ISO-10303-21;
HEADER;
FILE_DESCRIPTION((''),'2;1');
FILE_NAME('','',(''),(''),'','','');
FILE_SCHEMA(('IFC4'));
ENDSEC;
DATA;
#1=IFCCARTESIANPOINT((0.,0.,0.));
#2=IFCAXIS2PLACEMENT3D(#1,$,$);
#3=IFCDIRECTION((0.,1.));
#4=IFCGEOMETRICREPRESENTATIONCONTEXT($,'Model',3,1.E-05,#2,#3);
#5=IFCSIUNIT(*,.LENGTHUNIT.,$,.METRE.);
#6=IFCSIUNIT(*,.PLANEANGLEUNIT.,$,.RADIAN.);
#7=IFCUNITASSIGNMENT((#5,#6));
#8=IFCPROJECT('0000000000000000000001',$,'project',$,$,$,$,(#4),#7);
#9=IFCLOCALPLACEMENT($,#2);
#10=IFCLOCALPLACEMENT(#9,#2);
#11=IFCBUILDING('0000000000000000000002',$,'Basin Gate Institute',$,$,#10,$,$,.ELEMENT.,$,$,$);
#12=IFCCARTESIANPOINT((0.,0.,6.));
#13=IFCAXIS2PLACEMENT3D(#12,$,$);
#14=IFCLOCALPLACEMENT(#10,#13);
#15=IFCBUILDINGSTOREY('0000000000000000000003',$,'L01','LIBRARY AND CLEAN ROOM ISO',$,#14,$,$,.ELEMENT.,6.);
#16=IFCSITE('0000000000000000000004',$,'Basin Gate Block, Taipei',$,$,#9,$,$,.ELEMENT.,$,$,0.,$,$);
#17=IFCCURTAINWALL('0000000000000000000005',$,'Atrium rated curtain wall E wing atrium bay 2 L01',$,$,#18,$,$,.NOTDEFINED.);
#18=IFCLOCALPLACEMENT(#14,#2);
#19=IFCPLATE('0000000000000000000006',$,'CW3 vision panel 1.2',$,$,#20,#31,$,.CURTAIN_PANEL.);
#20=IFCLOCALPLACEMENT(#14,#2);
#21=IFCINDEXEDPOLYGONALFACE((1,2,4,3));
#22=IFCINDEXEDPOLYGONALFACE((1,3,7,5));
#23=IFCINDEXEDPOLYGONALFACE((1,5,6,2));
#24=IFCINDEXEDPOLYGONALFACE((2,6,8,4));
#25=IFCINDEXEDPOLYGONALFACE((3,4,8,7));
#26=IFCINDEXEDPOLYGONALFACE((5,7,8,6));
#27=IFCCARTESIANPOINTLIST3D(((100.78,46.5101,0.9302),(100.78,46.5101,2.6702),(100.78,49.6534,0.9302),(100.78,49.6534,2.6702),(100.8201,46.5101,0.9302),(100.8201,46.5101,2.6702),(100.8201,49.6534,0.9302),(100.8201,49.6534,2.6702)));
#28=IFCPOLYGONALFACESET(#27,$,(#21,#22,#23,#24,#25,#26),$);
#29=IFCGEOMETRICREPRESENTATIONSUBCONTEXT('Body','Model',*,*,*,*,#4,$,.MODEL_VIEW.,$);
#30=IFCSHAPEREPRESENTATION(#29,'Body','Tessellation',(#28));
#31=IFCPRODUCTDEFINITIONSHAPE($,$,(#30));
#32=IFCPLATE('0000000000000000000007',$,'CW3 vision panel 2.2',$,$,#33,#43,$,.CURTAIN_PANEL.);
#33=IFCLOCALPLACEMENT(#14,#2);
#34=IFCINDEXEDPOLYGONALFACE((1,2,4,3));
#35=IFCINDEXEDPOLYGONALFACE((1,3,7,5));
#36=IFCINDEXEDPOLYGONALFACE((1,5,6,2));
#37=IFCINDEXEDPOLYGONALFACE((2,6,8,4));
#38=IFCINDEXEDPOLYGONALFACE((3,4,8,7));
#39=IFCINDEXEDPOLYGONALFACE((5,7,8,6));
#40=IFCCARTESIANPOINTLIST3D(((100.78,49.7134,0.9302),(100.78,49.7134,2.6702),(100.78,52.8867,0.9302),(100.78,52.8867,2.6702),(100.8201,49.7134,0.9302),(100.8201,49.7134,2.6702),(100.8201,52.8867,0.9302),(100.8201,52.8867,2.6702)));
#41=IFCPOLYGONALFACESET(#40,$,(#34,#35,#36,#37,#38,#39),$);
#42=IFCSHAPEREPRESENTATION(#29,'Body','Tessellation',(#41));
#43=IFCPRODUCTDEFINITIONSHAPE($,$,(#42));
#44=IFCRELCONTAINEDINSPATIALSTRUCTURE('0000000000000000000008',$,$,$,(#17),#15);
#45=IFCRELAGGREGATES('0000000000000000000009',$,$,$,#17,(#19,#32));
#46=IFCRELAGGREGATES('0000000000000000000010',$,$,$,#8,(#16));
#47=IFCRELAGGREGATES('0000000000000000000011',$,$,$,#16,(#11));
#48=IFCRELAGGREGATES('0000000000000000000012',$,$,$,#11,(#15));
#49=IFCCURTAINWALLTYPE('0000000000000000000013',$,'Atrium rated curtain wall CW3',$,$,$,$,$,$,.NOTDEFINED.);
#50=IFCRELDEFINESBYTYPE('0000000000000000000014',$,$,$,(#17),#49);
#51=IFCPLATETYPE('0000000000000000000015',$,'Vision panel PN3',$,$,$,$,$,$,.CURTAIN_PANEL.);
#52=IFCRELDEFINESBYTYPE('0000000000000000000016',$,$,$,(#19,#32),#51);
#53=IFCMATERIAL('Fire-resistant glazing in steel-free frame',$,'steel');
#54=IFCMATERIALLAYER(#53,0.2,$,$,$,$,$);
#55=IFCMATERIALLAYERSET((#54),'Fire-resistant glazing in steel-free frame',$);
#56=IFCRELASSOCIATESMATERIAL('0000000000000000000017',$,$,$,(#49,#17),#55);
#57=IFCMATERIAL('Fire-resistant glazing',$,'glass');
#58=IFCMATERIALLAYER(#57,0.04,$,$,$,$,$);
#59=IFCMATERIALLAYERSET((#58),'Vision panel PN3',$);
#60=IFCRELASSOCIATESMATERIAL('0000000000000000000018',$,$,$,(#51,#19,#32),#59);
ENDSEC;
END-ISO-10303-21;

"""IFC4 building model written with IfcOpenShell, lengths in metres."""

from ifc_helpers import new_model, si_unit, direction, frame, origin, origin_2d, place, context, subcontext, project, spatial, rectangle, extrude, material, layer, layer_set, type_object, element, aggregate, save


model = new_model("IFC4")

# Units and contexts
model_context = context("Model", 3, precision=1e-05, world=origin(), true_north=direction((0.0, 1.0)))
body_context = subcontext(model_context, "Body", "Model", "MODEL_VIEW")
ifc_project = project(units=[si_unit("LENGTHUNIT", "METRE"), si_unit("PLANEANGLEUNIT", "RADIAN")], contexts=[model_context])

# Site, building, storey
site_placement = place(None, origin())
site = spatial("IfcSite", under=ifc_project, at=site_placement, Name="Basin Gate Block, Taipei", CompositionType="ELEMENT", RefElevation=0.0)
building_placement = place(site_placement, origin())
building = spatial("IfcBuilding", under=site, at=building_placement, Name="Basin Gate Institute", CompositionType="ELEMENT")
storey_placement = place(building_placement, frame((0.0, 0.0, 6.0)))
storey = spatial("IfcBuildingStorey", under=building, at=storey_placement, Name="L01", Description="LIBRARY AND CLEAN ROOM ISO", CompositionType="ELEMENT", Elevation=6.0)

# Curtain wall
ifc_material_1 = material(Name="Fire-resistant glazing in steel-free frame", Category="steel")
ifc_layer_1 = layer(ifc_material_1, 0.2)
ifc_layer_set_1 = layer_set([ifc_layer_1], Name="Fire-resistant glazing in steel-free frame")
curtain_wall_type = type_object("IfcCurtainWallType", Name="Atrium rated curtain wall CW3", PredefinedType="NOTDEFINED", material=ifc_layer_set_1)
curtain_wall_placement = place(storey_placement, origin())
curtain_wall = element("IfcCurtainWall", 1, at=curtain_wall_placement, inside=storey, type_object=curtain_wall_type, material=ifc_layer_set_1, Name="Atrium rated curtain wall E wing atrium bay 2 L01", PredefinedType="NOTDEFINED")

# Plates
ifc_material_2 = material(Name="Fire-resistant glazing", Category="glass")
ifc_layer_2 = layer(ifc_material_2, 0.04)
ifc_layer_set_2 = layer_set([ifc_layer_2], Name="Vision panel PN3")
plate_type_1 = type_object("IfcPlateType", Name="Vision panel PN3", PredefinedType="CURTAIN_PANEL", material=ifc_layer_set_2)
plate_1_placement = place(storey_placement, frame((100.8, 48.0818, 0.9302), z_axis=(0.0, 0.0, 1.0), x_axis=(0.0, 1.0, 0.0)))
plate_1 = element("IfcPlate", 2, at=plate_1_placement, type_object=plate_type_1, material=ifc_layer_set_2, Name="CW3 vision panel 1.2", PredefinedType="CURTAIN_PANEL", context=body_context, shape_type="SweptSolid", body=[
    extrude(rectangle(XDim=3.1433, YDim=0.04, at=origin_2d()), origin(), (0.0, 0.0, 1.0), 1.74),
])
plate_2_placement = place(storey_placement, frame((100.8, 51.3, 0.9302), z_axis=(0.0, 0.0, 1.0), x_axis=(0.0, 1.0, 0.0)))
plate_2 = element("IfcPlate", 3, at=plate_2_placement, type_object=plate_type_1, material=ifc_layer_set_2, Name="CW3 vision panel 2.2", PredefinedType="CURTAIN_PANEL", context=body_context, shape_type="SweptSolid", body=[
    extrude(rectangle(XDim=3.1733, YDim=0.04, at=origin_2d()), origin(), (0.0, 0.0, 1.0), 1.74),
])
aggregate(curtain_wall, [plate_1, plate_2])

save(model, "model.ifc")
